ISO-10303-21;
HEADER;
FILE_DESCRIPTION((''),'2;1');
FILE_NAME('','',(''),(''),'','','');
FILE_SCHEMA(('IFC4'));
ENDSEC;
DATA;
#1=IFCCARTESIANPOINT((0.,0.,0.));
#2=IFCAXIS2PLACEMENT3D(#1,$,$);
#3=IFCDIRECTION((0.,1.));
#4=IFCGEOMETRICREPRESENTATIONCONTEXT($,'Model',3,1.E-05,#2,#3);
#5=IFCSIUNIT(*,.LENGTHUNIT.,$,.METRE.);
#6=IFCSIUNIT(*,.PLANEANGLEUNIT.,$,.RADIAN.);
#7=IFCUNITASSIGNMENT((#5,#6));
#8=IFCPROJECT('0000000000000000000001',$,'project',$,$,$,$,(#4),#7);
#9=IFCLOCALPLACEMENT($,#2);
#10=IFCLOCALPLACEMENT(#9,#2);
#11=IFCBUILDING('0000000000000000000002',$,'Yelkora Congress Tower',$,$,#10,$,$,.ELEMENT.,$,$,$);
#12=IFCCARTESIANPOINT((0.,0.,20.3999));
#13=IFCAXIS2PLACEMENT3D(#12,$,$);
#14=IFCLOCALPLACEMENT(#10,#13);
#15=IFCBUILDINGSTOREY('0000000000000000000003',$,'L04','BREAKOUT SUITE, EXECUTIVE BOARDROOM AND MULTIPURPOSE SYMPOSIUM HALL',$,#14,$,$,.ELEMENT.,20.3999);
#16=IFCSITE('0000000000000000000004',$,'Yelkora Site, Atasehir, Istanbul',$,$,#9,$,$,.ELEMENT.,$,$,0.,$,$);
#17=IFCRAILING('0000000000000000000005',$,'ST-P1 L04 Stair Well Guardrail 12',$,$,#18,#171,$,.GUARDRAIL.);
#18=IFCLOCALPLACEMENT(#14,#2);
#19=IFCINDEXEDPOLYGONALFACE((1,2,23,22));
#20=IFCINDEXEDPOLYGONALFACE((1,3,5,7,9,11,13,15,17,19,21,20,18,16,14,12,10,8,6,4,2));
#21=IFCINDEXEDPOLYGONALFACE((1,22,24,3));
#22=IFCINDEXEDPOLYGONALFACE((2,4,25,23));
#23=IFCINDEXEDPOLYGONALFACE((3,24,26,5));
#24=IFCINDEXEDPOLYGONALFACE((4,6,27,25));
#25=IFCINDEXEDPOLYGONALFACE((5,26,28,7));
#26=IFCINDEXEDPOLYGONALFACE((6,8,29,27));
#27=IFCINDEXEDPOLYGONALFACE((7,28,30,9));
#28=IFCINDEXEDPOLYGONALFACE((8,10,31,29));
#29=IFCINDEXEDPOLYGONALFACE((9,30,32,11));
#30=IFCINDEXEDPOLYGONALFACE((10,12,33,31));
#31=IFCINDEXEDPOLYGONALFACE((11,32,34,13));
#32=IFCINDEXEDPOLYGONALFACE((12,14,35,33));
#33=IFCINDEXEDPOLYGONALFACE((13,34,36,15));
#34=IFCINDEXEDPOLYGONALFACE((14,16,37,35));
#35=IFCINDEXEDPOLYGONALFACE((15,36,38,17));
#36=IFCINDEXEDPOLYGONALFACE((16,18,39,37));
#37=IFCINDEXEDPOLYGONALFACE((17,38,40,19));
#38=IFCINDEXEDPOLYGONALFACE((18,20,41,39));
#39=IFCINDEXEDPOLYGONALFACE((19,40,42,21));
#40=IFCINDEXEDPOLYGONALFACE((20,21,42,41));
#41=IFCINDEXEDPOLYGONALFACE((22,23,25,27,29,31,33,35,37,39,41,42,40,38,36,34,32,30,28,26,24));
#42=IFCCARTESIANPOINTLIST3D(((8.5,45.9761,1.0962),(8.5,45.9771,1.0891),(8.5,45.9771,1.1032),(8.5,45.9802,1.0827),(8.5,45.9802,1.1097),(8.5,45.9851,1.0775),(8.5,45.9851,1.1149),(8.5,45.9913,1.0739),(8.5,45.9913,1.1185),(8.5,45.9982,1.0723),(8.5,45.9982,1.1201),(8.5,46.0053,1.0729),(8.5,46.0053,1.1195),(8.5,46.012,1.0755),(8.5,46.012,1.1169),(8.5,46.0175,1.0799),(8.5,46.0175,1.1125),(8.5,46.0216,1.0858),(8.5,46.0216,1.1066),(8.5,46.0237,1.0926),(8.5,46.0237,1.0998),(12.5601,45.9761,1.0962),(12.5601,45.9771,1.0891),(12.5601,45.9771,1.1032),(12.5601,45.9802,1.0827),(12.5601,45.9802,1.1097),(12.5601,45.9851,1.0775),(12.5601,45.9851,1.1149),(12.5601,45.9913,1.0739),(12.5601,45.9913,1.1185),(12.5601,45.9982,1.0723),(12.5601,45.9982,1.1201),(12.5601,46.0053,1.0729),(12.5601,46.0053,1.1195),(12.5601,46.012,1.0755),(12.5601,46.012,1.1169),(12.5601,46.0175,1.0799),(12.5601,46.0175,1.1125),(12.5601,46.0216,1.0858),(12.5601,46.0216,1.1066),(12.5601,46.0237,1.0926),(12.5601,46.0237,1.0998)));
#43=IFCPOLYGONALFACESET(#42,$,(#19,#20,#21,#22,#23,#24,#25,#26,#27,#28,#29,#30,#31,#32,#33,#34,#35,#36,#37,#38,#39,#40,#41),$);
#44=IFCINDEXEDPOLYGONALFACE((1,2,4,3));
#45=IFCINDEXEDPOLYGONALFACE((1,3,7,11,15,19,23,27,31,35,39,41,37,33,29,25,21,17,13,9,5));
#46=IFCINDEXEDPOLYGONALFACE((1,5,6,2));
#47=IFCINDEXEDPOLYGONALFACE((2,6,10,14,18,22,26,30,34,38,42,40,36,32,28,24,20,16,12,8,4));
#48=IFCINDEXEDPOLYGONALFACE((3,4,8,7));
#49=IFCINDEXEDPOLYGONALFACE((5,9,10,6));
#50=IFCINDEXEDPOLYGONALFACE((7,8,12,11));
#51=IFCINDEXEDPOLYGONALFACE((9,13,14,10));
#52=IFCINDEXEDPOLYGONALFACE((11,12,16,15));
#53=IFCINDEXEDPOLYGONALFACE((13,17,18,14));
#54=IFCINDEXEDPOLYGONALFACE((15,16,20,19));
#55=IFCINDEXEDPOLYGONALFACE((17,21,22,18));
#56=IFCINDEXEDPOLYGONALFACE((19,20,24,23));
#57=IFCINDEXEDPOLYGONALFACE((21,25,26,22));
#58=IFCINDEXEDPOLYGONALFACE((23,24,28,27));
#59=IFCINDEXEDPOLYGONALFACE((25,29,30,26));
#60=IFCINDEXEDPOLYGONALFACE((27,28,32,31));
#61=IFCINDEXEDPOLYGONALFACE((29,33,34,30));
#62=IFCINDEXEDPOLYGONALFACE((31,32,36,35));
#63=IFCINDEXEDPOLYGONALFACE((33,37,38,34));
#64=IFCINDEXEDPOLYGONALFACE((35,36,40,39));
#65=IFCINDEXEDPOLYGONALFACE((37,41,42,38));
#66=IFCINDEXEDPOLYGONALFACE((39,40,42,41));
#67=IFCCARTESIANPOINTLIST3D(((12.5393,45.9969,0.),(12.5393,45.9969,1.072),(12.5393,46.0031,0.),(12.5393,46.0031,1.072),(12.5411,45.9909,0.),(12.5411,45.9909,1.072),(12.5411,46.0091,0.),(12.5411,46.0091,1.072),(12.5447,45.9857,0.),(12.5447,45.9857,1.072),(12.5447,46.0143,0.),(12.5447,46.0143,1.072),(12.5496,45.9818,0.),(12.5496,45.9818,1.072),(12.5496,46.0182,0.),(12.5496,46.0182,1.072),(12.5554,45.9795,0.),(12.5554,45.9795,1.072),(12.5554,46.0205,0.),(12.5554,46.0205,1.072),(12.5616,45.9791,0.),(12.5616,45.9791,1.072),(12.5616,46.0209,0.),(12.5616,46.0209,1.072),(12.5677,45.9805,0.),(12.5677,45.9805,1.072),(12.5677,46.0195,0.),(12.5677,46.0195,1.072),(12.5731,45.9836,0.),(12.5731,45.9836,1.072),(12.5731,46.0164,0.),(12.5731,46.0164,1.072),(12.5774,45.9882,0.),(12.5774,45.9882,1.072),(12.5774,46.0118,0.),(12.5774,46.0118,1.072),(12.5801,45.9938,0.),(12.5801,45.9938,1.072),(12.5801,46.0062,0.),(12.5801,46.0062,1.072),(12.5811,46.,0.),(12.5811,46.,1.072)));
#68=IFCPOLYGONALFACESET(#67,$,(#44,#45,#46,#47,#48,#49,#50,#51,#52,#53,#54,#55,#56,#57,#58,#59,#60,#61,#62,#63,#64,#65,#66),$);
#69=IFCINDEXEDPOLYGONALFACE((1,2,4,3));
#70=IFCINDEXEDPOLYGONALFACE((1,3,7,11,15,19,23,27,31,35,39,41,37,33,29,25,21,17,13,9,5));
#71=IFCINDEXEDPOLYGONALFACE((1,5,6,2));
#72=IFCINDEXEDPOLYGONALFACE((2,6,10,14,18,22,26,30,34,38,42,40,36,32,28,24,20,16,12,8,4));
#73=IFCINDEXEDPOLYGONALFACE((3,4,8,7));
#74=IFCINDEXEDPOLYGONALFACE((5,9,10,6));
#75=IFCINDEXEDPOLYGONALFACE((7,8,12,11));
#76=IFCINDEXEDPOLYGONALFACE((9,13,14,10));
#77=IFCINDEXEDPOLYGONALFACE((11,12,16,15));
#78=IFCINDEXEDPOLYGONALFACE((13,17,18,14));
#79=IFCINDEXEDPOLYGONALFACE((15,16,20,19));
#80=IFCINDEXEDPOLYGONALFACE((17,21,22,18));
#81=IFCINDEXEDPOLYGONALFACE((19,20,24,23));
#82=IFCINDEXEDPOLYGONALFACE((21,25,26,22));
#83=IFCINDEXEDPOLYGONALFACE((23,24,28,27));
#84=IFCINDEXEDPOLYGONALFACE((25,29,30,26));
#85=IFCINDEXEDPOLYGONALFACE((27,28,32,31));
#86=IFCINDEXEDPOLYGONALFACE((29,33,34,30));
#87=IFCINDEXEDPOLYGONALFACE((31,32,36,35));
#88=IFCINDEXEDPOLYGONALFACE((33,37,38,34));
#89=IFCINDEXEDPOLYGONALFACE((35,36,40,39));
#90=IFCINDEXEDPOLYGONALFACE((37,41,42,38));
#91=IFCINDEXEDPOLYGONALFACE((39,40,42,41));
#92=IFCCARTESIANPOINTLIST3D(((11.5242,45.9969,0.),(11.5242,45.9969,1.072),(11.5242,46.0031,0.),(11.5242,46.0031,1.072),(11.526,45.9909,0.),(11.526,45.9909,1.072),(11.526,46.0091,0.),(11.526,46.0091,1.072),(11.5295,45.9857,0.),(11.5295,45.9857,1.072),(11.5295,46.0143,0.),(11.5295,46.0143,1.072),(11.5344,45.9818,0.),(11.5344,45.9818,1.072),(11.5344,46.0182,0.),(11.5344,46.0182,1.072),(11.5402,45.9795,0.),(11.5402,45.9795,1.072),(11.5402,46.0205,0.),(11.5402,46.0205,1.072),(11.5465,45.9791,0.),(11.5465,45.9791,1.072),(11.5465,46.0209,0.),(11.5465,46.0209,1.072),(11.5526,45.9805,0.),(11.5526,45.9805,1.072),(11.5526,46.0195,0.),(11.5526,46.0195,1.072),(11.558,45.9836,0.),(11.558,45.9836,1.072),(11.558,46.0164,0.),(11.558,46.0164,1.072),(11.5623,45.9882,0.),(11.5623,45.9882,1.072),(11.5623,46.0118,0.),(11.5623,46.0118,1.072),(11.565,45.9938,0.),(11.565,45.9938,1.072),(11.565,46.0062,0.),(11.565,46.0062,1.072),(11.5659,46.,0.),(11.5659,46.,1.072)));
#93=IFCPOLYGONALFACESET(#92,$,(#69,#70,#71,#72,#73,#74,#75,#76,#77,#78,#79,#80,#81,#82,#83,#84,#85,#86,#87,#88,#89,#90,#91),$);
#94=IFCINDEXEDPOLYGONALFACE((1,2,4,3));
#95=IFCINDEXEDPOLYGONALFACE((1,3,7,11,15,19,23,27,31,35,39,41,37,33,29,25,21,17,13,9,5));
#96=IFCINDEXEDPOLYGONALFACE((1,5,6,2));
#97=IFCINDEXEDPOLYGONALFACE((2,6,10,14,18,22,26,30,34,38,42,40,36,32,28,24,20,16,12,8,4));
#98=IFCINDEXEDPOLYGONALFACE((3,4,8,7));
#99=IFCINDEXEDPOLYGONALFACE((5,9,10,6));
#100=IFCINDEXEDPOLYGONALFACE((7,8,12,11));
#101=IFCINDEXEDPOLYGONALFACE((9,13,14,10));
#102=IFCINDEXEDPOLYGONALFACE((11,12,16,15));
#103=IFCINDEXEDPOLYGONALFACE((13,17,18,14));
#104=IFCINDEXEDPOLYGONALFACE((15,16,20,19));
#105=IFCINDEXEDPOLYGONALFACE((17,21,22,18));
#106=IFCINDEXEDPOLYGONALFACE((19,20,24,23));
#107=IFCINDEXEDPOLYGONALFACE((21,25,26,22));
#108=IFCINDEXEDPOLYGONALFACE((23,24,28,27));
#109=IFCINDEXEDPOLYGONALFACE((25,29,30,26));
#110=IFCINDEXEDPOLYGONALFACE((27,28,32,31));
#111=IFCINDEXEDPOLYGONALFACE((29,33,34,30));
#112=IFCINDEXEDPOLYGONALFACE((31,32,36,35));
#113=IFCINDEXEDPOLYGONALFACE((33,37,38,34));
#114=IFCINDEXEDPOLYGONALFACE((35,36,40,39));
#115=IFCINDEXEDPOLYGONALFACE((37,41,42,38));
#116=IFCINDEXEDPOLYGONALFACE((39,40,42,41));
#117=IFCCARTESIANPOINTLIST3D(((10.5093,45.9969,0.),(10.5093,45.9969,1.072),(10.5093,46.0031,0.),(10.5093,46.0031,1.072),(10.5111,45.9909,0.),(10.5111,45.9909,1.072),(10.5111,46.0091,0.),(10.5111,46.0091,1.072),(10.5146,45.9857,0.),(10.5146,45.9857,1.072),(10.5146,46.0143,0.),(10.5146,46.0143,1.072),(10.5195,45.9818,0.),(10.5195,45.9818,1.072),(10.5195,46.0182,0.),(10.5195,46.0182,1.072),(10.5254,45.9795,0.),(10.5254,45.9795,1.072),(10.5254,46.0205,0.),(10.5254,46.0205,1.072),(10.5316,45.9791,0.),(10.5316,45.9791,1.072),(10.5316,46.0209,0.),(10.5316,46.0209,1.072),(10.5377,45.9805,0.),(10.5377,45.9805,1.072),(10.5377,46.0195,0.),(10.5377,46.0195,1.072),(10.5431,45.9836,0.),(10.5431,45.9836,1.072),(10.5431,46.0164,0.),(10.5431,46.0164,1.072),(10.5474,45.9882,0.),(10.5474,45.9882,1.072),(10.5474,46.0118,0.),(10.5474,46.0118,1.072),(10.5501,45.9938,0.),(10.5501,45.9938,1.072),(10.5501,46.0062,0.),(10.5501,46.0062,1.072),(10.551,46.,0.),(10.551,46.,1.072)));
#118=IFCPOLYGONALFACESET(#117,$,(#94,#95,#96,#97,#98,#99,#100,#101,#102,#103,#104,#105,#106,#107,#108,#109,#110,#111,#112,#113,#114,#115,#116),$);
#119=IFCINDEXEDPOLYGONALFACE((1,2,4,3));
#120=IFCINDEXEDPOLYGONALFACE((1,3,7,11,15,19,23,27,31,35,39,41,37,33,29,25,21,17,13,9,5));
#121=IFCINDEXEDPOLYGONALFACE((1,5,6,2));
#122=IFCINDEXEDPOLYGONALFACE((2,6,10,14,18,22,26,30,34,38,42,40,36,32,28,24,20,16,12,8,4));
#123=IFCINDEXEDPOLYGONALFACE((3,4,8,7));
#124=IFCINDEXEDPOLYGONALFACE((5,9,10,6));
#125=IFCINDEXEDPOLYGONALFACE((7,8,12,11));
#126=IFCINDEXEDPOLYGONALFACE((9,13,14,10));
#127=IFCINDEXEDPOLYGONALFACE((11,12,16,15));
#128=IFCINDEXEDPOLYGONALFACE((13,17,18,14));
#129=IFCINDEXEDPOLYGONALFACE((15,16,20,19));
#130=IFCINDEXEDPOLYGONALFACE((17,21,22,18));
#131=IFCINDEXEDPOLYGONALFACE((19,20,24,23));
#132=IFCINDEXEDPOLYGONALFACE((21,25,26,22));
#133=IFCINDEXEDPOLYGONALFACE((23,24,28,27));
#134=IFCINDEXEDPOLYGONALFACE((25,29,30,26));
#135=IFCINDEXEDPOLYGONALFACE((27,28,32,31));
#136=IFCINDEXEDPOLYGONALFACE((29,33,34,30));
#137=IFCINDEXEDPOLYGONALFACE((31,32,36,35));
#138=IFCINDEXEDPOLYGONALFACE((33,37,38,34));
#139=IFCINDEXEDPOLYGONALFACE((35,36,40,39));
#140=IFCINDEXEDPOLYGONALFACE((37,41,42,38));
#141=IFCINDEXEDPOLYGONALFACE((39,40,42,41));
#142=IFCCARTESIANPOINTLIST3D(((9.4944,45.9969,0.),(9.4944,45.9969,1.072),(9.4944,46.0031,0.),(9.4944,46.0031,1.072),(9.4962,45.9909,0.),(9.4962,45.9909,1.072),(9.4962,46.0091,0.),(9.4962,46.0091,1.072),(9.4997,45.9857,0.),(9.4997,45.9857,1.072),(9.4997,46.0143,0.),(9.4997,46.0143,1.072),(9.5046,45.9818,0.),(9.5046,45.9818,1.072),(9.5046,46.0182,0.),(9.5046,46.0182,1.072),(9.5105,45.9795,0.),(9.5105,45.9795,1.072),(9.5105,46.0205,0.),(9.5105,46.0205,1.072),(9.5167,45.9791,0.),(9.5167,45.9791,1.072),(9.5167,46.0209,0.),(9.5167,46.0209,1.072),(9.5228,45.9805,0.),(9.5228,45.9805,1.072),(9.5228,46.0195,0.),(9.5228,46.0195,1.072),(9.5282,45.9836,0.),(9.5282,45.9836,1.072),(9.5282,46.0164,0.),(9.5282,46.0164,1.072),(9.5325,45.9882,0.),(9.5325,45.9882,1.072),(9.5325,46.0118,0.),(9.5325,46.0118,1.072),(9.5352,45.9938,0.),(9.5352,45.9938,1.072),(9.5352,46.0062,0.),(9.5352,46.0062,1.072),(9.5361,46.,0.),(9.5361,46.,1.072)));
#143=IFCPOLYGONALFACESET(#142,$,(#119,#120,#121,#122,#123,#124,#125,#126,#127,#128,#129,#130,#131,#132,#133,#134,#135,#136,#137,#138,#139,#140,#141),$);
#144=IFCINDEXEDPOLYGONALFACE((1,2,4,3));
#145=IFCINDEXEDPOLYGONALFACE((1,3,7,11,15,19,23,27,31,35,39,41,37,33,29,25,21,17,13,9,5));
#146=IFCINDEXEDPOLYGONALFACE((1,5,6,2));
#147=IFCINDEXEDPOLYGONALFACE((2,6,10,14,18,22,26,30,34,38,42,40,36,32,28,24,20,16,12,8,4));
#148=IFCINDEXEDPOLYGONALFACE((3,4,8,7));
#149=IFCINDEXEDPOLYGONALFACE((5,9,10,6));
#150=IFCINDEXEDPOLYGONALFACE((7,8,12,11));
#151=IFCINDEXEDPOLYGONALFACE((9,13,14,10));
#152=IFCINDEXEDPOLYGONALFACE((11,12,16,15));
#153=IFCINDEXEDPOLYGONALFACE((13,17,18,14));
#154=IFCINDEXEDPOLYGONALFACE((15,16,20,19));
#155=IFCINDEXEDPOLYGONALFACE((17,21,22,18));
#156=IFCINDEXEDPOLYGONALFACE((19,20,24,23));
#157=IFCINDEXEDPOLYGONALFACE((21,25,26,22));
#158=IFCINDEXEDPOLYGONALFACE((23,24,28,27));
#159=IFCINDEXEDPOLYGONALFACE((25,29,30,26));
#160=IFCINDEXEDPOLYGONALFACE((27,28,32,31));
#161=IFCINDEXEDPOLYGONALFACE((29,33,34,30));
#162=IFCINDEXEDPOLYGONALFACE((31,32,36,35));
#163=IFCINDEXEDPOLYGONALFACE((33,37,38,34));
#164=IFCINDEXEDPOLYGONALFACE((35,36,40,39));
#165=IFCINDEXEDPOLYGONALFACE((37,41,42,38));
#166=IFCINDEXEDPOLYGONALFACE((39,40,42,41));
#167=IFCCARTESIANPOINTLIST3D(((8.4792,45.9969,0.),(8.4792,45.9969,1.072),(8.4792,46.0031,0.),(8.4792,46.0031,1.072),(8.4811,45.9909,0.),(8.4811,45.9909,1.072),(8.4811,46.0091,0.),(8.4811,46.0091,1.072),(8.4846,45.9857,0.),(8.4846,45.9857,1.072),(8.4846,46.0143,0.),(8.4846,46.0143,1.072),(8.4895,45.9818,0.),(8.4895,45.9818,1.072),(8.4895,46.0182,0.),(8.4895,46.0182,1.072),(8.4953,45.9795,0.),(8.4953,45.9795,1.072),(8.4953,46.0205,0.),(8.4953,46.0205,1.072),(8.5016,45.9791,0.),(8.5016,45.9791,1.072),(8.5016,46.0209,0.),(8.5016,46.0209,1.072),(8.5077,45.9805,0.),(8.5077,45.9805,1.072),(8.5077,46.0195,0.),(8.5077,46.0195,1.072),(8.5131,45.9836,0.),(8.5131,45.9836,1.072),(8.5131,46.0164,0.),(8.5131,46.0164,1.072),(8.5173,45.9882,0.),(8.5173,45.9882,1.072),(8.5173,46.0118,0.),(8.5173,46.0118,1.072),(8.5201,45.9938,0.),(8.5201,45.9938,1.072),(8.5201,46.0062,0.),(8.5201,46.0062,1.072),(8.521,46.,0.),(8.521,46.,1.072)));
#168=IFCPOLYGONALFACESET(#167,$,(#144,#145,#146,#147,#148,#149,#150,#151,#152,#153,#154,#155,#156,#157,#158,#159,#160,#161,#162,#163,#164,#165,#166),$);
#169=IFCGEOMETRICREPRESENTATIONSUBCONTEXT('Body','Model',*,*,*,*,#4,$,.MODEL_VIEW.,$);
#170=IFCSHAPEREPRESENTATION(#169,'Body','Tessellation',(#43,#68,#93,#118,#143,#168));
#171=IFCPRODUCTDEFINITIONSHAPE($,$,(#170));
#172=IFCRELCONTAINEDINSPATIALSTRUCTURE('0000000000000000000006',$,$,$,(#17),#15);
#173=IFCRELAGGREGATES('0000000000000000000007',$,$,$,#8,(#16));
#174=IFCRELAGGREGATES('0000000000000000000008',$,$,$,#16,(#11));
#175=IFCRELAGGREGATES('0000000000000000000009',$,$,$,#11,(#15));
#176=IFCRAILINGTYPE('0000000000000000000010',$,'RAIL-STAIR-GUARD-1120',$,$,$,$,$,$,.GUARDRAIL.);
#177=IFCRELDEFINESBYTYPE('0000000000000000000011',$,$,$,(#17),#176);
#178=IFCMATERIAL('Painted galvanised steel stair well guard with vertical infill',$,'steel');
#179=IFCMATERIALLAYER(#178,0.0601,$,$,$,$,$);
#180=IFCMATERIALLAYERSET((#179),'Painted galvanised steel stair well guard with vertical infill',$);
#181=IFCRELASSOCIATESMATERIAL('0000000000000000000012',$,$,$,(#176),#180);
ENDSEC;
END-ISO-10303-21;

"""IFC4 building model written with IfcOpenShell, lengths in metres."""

from ifc_helpers import new_model, si_unit, direction, frame, origin, origin_2d, place, context, subcontext, project, spatial, circle, extrude, material, layer, layer_set, type_object, element, save


model = new_model("IFC4")

# Units and contexts
model_context = context("Model", 3, precision=1e-05, world=origin(), true_north=direction((0.0, 1.0)))
body_context = subcontext(model_context, "Body", "Model", "MODEL_VIEW")
ifc_project = project(units=[si_unit("LENGTHUNIT", "METRE"), si_unit("PLANEANGLEUNIT", "RADIAN")], contexts=[model_context])

# Site, building, storey
site_placement = place(None, origin())
site = spatial("IfcSite", under=ifc_project, at=site_placement, Name="Yelkora Site, Atasehir, Istanbul", CompositionType="ELEMENT", RefElevation=0.0)
building_placement = place(site_placement, origin())
building = spatial("IfcBuilding", under=site, at=building_placement, Name="Yelkora Congress Tower", CompositionType="ELEMENT")
storey_placement = place(building_placement, frame((0.0, 0.0, 20.3999)))
storey = spatial("IfcBuildingStorey", under=building, at=storey_placement, Name="L04", Description="BREAKOUT SUITE, EXECUTIVE BOARDROOM AND MULTIPURPOSE SYMPOSIUM HALL", CompositionType="ELEMENT", Elevation=20.3999)

# Railing
ifc_material_1 = material(Name="Painted galvanised steel stair well guard with vertical infill", Category="steel")
ifc_layer_1 = layer(ifc_material_1, 0.0601)
ifc_layer_set_1 = layer_set([ifc_layer_1], Name="Painted galvanised steel stair well guard with vertical infill")
railing_type_1 = type_object("IfcRailingType", Name="RAIL-STAIR-GUARD-1120", PredefinedType="GUARDRAIL", material=ifc_layer_set_1)
railing_1_placement = place(storey_placement, frame((12.5601, 46.0, 0.0)))
element("IfcRailing", 1, at=railing_1_placement, inside=storey, type_object=railing_type_1, Name="ST-P1 L04 Stair Well Guardrail 12", PredefinedType="GUARDRAIL", context=body_context, shape_type="SweptSolid", body=[
    extrude(circle(Radius=0.0239, at=origin_2d()), frame((0.0, 0.0, 1.0962), z_axis=(-1.0, 0.0, 0.0), x_axis=(0.0, -1.0, 0.0)), (0.0, 0.0, 1.0), 4.0601),
    extrude(circle(Radius=0.021, at=origin_2d()), origin(), (0.0, 0.0, 1.0), 1.072),
    extrude(circle(Radius=0.021, at=origin_2d()), frame((-1.0151, 0.0, 0.0)), (0.0, 0.0, 1.0), 1.072),
    extrude(circle(Radius=0.021, at=origin_2d()), frame((-2.03, 0.0, 0.0)), (0.0, 0.0, 1.0), 1.072),
    extrude(circle(Radius=0.021, at=origin_2d()), frame((-3.0449, 0.0, 0.0)), (0.0, 0.0, 1.0), 1.072),
    extrude(circle(Radius=0.021, at=origin_2d()), frame((-4.0601, 0.0, 0.0)), (0.0, 0.0, 1.0), 1.072),
])

save(model, "model.ifc")
